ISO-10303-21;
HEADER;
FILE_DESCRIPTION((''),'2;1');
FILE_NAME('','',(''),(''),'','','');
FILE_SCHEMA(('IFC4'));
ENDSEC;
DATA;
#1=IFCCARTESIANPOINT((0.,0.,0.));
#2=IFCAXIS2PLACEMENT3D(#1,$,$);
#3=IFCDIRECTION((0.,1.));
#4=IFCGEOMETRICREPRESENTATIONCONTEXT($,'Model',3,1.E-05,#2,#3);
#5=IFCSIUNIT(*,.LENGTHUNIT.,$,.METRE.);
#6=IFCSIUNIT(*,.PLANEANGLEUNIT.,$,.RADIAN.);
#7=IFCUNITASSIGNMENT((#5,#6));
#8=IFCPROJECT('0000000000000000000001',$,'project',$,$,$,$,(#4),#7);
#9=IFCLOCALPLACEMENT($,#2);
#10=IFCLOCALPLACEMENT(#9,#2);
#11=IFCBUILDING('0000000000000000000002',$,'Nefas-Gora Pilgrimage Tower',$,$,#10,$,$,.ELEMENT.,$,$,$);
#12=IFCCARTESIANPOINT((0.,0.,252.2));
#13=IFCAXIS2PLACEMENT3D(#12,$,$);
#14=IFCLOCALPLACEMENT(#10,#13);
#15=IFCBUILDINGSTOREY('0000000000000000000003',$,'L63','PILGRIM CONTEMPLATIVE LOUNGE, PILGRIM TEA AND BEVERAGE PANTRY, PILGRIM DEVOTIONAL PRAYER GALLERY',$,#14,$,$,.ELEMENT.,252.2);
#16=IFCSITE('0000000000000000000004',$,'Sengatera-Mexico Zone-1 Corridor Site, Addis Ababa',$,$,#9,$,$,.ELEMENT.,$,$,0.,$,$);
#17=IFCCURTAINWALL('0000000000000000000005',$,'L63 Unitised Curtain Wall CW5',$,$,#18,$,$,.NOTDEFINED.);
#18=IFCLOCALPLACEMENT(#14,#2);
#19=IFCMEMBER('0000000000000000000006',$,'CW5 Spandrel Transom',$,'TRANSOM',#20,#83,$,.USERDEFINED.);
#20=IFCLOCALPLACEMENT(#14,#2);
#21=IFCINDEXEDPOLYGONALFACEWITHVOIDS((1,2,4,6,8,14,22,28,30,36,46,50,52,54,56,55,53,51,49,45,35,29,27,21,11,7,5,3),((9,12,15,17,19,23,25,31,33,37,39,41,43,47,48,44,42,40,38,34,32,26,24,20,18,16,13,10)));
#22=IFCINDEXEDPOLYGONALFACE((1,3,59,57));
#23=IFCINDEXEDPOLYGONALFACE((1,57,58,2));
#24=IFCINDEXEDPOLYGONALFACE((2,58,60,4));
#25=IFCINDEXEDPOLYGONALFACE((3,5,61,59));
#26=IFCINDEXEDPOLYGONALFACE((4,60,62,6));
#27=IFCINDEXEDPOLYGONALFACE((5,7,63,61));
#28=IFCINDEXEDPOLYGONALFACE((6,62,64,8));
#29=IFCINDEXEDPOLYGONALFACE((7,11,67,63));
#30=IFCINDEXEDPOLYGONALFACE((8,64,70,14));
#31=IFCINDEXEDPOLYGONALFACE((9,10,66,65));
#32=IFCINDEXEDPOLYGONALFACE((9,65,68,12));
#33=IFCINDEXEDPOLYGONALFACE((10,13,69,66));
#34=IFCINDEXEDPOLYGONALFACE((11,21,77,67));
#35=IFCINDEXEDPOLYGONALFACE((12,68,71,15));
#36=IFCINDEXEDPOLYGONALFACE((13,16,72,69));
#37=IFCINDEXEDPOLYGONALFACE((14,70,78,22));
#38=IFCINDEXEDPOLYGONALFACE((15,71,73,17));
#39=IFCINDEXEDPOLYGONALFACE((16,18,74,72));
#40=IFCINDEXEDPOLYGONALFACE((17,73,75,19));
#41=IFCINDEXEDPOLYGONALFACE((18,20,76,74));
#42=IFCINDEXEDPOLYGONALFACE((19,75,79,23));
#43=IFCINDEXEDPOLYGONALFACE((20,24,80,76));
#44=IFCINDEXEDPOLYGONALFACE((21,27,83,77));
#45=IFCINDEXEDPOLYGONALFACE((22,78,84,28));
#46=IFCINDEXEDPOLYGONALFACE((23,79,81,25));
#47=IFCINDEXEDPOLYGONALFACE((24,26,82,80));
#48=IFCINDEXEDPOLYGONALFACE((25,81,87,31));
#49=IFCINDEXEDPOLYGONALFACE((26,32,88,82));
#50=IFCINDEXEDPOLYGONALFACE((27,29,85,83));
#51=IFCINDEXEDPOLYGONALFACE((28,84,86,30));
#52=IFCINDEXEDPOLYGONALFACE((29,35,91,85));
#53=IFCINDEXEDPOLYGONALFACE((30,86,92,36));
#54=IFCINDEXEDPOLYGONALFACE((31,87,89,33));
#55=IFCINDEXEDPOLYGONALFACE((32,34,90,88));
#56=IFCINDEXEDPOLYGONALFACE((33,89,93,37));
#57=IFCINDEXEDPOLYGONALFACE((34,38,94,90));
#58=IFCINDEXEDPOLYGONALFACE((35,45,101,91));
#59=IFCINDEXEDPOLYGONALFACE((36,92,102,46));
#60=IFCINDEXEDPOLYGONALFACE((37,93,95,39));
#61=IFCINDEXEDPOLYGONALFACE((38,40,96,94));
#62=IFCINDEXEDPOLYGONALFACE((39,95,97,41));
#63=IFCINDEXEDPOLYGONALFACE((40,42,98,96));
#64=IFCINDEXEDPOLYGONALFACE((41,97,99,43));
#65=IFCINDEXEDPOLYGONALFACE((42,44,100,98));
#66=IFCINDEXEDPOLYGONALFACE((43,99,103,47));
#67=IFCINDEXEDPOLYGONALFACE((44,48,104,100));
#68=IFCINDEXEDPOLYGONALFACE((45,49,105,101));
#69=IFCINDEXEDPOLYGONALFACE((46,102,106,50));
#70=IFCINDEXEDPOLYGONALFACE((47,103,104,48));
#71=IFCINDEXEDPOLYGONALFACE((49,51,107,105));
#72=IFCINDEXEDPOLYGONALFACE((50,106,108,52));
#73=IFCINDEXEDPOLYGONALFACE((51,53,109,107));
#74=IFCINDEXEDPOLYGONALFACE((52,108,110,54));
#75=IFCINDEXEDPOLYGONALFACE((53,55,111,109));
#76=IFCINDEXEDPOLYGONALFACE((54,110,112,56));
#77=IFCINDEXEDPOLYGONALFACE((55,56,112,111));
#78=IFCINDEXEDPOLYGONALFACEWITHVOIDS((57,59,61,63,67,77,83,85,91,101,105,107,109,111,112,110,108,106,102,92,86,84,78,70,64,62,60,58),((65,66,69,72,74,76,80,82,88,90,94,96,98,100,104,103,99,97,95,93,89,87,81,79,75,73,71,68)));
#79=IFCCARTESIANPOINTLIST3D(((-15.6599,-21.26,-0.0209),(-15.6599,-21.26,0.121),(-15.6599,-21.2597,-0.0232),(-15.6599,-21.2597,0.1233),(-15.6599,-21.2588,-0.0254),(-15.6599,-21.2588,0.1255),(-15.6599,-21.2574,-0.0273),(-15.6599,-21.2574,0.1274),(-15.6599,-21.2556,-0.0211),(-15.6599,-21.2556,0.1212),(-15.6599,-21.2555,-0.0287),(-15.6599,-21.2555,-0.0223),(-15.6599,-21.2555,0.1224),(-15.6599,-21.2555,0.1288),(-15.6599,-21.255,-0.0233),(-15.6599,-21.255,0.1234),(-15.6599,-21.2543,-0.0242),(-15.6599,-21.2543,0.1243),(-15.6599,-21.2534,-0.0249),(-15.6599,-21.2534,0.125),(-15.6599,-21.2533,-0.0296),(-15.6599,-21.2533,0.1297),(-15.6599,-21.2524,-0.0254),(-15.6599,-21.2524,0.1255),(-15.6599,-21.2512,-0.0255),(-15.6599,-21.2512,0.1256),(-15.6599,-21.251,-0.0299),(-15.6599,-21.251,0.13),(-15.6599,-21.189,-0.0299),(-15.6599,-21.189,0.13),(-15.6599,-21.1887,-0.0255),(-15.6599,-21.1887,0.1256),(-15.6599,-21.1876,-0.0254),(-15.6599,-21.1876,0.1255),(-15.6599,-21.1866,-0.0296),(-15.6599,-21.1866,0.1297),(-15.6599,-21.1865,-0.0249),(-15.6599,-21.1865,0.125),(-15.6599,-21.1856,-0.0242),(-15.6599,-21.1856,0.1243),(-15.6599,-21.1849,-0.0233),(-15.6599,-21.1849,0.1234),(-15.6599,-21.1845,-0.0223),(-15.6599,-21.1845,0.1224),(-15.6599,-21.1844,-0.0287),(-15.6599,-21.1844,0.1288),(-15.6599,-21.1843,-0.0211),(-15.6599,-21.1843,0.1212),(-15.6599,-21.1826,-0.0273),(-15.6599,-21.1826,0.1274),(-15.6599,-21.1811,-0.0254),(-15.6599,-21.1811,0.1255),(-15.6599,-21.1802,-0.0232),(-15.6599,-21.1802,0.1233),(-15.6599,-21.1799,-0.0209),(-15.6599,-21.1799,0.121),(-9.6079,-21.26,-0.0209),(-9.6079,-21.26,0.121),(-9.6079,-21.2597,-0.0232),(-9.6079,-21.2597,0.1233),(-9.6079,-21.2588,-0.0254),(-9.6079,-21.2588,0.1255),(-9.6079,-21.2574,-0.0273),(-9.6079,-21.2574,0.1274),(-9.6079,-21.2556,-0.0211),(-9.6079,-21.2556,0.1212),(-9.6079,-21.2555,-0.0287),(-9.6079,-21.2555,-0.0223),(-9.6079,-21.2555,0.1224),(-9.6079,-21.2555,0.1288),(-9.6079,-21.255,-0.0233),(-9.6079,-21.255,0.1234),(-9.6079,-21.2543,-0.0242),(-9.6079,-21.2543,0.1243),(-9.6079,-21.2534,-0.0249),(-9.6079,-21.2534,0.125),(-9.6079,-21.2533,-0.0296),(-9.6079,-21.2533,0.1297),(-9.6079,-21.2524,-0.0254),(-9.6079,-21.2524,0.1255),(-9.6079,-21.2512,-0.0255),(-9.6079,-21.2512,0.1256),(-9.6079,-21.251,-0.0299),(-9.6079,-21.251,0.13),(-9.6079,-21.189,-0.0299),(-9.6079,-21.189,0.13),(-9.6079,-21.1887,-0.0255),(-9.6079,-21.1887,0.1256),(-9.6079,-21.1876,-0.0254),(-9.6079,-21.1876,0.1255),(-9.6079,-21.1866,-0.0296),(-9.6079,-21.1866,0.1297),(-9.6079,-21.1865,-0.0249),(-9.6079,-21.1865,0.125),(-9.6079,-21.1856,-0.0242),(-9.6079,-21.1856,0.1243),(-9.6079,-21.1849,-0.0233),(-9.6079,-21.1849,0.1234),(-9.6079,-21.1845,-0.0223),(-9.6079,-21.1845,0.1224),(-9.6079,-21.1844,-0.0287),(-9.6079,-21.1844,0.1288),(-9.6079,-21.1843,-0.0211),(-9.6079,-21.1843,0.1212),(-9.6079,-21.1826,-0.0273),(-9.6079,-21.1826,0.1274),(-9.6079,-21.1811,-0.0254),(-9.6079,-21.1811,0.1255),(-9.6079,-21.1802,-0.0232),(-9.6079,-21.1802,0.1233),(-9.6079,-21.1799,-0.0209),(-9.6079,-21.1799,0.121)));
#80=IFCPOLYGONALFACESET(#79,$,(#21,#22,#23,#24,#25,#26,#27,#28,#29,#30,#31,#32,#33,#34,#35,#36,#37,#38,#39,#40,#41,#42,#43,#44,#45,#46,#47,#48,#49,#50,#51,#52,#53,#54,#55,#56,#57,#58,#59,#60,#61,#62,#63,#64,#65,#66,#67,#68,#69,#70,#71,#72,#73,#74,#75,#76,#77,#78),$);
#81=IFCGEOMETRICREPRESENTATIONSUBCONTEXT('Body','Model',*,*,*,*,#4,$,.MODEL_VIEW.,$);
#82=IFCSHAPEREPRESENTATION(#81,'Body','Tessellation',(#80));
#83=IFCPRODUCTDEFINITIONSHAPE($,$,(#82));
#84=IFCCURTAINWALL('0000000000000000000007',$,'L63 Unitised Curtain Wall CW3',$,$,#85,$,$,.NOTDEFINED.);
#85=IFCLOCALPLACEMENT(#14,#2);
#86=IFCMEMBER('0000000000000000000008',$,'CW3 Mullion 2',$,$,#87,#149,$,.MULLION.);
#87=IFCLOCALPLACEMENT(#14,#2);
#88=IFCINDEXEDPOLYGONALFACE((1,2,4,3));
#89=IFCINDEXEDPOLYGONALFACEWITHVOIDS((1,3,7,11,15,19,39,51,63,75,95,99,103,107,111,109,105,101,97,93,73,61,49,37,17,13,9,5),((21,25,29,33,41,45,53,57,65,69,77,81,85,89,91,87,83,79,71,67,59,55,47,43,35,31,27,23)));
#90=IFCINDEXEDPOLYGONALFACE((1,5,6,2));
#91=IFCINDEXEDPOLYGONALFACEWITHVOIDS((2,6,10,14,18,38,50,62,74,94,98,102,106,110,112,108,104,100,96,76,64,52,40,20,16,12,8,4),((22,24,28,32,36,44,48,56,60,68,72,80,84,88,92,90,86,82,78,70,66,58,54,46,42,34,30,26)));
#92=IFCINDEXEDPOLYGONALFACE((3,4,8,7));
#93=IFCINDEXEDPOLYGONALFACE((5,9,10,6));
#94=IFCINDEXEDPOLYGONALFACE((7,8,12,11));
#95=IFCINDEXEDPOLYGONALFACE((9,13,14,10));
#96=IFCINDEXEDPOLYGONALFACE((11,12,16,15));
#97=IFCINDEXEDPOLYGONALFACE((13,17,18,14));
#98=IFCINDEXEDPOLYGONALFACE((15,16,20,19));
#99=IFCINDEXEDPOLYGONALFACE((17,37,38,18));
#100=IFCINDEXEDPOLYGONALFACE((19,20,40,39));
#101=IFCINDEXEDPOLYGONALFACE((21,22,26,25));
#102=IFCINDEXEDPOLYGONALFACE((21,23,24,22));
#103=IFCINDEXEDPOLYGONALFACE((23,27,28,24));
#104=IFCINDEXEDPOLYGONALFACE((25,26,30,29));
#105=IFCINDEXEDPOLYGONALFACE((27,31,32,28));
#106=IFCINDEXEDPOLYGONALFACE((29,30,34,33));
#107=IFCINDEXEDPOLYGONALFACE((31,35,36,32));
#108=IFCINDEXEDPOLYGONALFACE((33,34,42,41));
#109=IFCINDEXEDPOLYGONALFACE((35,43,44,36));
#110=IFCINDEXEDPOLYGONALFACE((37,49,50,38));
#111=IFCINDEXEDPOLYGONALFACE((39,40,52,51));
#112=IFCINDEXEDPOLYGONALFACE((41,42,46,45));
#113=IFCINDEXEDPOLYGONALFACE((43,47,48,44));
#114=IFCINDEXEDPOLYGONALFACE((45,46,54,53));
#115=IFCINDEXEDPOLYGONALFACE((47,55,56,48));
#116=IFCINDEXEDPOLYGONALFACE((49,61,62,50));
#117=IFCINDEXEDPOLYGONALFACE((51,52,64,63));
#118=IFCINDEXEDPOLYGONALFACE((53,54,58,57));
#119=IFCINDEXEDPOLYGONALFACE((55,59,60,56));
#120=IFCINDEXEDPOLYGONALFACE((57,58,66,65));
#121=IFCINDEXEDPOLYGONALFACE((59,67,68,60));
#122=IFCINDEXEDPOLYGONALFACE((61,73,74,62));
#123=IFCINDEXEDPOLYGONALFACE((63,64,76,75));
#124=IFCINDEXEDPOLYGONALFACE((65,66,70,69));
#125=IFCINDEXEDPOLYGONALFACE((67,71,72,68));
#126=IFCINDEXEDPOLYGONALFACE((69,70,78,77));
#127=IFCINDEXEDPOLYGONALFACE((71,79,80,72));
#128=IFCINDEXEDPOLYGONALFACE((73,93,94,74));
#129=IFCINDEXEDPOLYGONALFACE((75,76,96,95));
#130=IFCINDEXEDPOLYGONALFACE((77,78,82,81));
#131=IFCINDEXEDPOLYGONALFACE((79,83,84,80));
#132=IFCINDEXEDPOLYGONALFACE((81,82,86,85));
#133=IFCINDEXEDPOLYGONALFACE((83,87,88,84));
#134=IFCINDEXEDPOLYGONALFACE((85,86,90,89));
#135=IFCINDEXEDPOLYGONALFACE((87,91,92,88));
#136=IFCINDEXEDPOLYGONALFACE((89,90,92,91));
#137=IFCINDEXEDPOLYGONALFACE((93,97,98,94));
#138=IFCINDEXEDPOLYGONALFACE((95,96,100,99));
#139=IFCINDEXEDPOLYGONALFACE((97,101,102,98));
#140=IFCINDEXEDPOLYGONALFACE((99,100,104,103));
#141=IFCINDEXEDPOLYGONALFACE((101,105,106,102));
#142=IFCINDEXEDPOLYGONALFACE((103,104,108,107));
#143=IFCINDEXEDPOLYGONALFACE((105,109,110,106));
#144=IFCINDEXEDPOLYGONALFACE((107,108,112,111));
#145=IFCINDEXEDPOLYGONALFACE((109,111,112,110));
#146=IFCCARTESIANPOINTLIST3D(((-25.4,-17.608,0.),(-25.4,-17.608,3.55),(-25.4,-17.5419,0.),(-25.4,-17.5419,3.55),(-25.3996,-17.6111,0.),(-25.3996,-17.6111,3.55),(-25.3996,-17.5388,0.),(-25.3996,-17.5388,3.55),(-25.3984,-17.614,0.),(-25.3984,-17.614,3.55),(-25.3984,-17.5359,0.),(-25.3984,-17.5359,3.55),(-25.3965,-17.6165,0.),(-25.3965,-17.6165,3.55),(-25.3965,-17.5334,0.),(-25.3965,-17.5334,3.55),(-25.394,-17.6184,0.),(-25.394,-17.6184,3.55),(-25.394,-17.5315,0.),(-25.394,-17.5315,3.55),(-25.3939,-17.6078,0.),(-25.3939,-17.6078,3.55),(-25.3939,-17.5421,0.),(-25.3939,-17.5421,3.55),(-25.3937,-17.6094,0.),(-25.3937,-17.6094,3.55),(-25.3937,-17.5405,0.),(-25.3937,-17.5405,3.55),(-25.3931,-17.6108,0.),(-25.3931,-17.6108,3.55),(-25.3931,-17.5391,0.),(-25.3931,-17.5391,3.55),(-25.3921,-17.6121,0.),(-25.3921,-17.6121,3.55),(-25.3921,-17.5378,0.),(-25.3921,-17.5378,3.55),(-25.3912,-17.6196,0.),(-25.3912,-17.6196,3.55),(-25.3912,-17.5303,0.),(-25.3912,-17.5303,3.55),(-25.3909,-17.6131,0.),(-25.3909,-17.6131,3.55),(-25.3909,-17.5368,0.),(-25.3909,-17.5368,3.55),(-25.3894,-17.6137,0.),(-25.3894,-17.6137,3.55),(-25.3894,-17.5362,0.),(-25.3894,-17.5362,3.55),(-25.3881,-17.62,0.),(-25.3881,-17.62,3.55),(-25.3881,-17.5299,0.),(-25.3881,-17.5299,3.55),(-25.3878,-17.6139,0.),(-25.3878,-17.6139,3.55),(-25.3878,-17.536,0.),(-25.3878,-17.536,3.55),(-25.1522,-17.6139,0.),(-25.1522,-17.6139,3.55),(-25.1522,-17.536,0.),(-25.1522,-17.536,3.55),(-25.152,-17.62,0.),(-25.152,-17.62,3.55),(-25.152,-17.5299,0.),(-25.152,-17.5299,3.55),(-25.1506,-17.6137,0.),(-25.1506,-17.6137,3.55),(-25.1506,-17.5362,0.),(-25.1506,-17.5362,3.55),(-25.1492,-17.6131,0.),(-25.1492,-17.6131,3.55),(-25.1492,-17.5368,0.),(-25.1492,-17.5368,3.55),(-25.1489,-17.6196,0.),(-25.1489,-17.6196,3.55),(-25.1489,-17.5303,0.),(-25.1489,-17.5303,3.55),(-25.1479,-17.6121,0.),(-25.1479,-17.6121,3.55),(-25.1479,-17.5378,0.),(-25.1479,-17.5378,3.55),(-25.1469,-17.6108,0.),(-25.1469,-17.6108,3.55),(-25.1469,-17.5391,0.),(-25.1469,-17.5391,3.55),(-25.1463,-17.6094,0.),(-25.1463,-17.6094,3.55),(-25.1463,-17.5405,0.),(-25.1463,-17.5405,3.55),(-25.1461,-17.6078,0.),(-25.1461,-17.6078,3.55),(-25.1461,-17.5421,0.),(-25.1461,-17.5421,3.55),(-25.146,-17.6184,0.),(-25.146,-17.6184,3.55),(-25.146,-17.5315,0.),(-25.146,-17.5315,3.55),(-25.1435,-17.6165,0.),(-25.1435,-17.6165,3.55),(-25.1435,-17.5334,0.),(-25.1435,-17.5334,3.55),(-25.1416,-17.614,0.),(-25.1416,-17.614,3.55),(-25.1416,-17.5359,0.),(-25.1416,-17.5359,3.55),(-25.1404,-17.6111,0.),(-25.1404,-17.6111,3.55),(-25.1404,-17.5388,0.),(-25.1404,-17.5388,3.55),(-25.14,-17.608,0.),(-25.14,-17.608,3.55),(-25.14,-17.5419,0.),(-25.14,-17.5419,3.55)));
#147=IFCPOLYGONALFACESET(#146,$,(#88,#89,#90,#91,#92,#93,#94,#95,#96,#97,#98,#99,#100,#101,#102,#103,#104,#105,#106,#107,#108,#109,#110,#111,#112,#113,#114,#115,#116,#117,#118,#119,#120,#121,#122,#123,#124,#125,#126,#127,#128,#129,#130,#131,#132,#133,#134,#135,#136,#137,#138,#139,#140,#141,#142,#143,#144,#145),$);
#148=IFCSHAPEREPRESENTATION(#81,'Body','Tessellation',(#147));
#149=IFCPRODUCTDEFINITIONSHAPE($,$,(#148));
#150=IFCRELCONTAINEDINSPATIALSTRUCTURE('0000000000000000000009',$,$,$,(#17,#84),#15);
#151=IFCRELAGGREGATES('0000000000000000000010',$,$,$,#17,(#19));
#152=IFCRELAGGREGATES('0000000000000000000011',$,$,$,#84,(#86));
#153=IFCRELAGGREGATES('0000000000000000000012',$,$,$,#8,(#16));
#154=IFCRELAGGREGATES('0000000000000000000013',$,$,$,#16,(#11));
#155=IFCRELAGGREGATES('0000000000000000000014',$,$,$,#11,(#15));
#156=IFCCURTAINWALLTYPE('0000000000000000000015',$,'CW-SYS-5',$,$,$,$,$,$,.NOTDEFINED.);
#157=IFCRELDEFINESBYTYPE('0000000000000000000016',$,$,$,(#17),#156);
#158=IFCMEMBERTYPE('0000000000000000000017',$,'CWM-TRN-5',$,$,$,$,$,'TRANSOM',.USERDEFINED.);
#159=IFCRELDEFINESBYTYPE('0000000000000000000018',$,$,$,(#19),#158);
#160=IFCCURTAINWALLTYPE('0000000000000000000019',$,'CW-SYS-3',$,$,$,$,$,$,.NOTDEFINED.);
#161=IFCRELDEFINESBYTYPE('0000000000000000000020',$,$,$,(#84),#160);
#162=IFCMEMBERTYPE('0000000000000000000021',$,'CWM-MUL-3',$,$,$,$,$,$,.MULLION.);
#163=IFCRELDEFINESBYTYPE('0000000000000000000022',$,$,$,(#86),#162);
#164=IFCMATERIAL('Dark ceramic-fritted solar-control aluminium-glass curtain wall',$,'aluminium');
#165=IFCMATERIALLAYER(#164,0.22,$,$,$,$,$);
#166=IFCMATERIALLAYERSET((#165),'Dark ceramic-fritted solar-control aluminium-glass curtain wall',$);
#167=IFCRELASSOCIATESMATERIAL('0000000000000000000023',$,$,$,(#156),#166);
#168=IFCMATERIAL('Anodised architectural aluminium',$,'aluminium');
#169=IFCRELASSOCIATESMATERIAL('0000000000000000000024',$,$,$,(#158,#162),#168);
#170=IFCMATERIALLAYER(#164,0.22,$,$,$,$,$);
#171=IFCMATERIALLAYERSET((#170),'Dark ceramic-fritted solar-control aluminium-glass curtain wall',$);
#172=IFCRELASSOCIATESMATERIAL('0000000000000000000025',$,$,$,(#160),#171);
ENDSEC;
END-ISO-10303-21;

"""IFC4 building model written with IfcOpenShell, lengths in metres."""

from ifc_helpers import new_model, si_unit, direction, frame, origin, origin_2d, place, context, subcontext, project, spatial, hollow_rectangle, extrude, source, transform, mapped, material, layer, layer_set, material_profile, profile_set, type_object, element, aggregate, save


model = new_model("IFC4")

# Units and contexts
model_context = context("Model", 3, precision=1e-05, world=origin(), true_north=direction((0.0, 1.0)))
body_context = subcontext(model_context, "Body", "Model", "MODEL_VIEW")
ifc_project = project(units=[si_unit("LENGTHUNIT", "METRE"), si_unit("PLANEANGLEUNIT", "RADIAN")], contexts=[model_context])

# Site, building, storey
site_placement = place(None, origin())
site = spatial("IfcSite", under=ifc_project, at=site_placement, Name="Sengatera-Mexico Zone-1 Corridor Site, Addis Ababa", CompositionType="ELEMENT", RefElevation=0.0)
building_placement = place(site_placement, origin())
building = spatial("IfcBuilding", under=site, at=building_placement, Name="Nefas-Gora Pilgrimage Tower", CompositionType="ELEMENT")
storey_placement = place(building_placement, frame((0.0, 0.0, 252.2)))
storey = spatial("IfcBuildingStorey", under=building, at=storey_placement, Name="L63", Description="PILGRIM CONTEMPLATIVE LOUNGE, PILGRIM TEA AND BEVERAGE PANTRY, PILGRIM DEVOTIONAL PRAYER GALLERY", CompositionType="ELEMENT", Elevation=252.2)

# Curtain wall, member
ifc_material_1 = material(Name="Dark ceramic-fritted solar-control aluminium-glass curtain wall", Category="aluminium")
ifc_layer_1 = layer(ifc_material_1, 0.22)
ifc_layer_set_1 = layer_set([ifc_layer_1], Name="Dark ceramic-fritted solar-control aluminium-glass curtain wall")
curtain_wall_type_1 = type_object("IfcCurtainWallType", Name="CW-SYS-5", PredefinedType="NOTDEFINED", material=ifc_layer_set_1)
curtain_wall_1_placement = place(storey_placement, origin())
curtain_wall_1 = element("IfcCurtainWall", 1, at=curtain_wall_1_placement, inside=storey, type_object=curtain_wall_type_1, Name="L63 Unitised Curtain Wall CW5", PredefinedType="NOTDEFINED")
ifc_material_2 = material(Name="Anodised architectural aluminium", Category="aluminium")
ifc_material_profile_1 = material_profile(ifc_material_2, hollow_rectangle(XDim=0.0801, YDim=0.1599, WallThickness=0.0044, InnerFilletRadius=0.0044, OuterFilletRadius=0.009, at=origin_2d()), Name="ALU TRANSOM 80x160")
ifc_profile_set_1 = profile_set([ifc_material_profile_1], Name="Anodised architectural aluminium")
member_type_1 = type_object("IfcMemberType", Name="CWM-TRN-5", ElementType="TRANSOM", PredefinedType="USERDEFINED", material=ifc_profile_set_1)
shared_shape_1 = source(origin(), body_context, "Body", "SweptSolid", [
    extrude(hollow_rectangle(XDim=0.0801, YDim=0.1599, WallThickness=0.0044, InnerFilletRadius=0.0044, OuterFilletRadius=0.009, at=origin_2d()), origin(), (0.0, 0.0, 1.0), 6.052),
])
member_1_placement = place(storey_placement, frame((-15.6599, -21.22, 0.05), z_axis=(1.0, 0.0, 0.0), x_axis=(0.0, 1.0, 0.0)))
member_1 = element("IfcMember", 2, at=member_1_placement, type_object=member_type_1, Name="CW5 Spandrel Transom", ObjectType="TRANSOM", PredefinedType="USERDEFINED", context=body_context, shape_type="MappedRepresentation", body=[
    mapped(shared_shape_1, transform((0.0, 0.0, 0.0), x_axis=(1.0, 0.0, 0.0), y_axis=(0.0, 1.0, 0.0), z_axis=(0.0, 0.0, 1.0), scale=1.0)),
])

# Curtain wall, member
ifc_layer_2 = layer(ifc_material_1, 0.22)
ifc_layer_set_2 = layer_set([ifc_layer_2], Name="Dark ceramic-fritted solar-control aluminium-glass curtain wall")
curtain_wall_type_2 = type_object("IfcCurtainWallType", Name="CW-SYS-3", PredefinedType="NOTDEFINED", material=ifc_layer_set_2)
curtain_wall_2_placement = place(storey_placement, origin())
curtain_wall_2 = element("IfcCurtainWall", 3, at=curtain_wall_2_placement, inside=storey, type_object=curtain_wall_type_2, Name="L63 Unitised Curtain Wall CW3", PredefinedType="NOTDEFINED")
ifc_material_profile_2 = material_profile(ifc_material_2, hollow_rectangle(XDim=0.0901, YDim=0.26, WallThickness=0.0061, InnerFilletRadius=0.0061, OuterFilletRadius=0.012, at=origin_2d()), Name="ALU MULLION 90x260")
ifc_profile_set_2 = profile_set([ifc_material_profile_2], Name="Anodised architectural aluminium")
member_type_2 = type_object("IfcMemberType", Name="CWM-MUL-3", PredefinedType="MULLION", material=ifc_profile_set_2)
shared_shape_2 = source(origin(), body_context, "Body", "SweptSolid", [
    extrude(hollow_rectangle(XDim=0.0901, YDim=0.26, WallThickness=0.0061, InnerFilletRadius=0.0061, OuterFilletRadius=0.012, at=origin_2d()), origin(), (0.0, 0.0, 1.0), 3.55),
])
member_2_placement = place(storey_placement, frame((-25.27, -17.575, 0.0), z_axis=(0.0, 0.0, 1.0), x_axis=(0.0, -1.0, 0.0)))
member_2 = element("IfcMember", 4, at=member_2_placement, type_object=member_type_2, Name="CW3 Mullion 2", PredefinedType="MULLION", context=body_context, shape_type="MappedRepresentation", body=[
    mapped(shared_shape_2, transform((0.0, 0.0, 0.0), x_axis=(1.0, 0.0, 0.0), y_axis=(0.0, 1.0, 0.0), z_axis=(0.0, 0.0, 1.0), scale=1.0)),
])

aggregate(curtain_wall_1, [member_1])
aggregate(curtain_wall_2, [member_2])

save(model, "model.ifc")
